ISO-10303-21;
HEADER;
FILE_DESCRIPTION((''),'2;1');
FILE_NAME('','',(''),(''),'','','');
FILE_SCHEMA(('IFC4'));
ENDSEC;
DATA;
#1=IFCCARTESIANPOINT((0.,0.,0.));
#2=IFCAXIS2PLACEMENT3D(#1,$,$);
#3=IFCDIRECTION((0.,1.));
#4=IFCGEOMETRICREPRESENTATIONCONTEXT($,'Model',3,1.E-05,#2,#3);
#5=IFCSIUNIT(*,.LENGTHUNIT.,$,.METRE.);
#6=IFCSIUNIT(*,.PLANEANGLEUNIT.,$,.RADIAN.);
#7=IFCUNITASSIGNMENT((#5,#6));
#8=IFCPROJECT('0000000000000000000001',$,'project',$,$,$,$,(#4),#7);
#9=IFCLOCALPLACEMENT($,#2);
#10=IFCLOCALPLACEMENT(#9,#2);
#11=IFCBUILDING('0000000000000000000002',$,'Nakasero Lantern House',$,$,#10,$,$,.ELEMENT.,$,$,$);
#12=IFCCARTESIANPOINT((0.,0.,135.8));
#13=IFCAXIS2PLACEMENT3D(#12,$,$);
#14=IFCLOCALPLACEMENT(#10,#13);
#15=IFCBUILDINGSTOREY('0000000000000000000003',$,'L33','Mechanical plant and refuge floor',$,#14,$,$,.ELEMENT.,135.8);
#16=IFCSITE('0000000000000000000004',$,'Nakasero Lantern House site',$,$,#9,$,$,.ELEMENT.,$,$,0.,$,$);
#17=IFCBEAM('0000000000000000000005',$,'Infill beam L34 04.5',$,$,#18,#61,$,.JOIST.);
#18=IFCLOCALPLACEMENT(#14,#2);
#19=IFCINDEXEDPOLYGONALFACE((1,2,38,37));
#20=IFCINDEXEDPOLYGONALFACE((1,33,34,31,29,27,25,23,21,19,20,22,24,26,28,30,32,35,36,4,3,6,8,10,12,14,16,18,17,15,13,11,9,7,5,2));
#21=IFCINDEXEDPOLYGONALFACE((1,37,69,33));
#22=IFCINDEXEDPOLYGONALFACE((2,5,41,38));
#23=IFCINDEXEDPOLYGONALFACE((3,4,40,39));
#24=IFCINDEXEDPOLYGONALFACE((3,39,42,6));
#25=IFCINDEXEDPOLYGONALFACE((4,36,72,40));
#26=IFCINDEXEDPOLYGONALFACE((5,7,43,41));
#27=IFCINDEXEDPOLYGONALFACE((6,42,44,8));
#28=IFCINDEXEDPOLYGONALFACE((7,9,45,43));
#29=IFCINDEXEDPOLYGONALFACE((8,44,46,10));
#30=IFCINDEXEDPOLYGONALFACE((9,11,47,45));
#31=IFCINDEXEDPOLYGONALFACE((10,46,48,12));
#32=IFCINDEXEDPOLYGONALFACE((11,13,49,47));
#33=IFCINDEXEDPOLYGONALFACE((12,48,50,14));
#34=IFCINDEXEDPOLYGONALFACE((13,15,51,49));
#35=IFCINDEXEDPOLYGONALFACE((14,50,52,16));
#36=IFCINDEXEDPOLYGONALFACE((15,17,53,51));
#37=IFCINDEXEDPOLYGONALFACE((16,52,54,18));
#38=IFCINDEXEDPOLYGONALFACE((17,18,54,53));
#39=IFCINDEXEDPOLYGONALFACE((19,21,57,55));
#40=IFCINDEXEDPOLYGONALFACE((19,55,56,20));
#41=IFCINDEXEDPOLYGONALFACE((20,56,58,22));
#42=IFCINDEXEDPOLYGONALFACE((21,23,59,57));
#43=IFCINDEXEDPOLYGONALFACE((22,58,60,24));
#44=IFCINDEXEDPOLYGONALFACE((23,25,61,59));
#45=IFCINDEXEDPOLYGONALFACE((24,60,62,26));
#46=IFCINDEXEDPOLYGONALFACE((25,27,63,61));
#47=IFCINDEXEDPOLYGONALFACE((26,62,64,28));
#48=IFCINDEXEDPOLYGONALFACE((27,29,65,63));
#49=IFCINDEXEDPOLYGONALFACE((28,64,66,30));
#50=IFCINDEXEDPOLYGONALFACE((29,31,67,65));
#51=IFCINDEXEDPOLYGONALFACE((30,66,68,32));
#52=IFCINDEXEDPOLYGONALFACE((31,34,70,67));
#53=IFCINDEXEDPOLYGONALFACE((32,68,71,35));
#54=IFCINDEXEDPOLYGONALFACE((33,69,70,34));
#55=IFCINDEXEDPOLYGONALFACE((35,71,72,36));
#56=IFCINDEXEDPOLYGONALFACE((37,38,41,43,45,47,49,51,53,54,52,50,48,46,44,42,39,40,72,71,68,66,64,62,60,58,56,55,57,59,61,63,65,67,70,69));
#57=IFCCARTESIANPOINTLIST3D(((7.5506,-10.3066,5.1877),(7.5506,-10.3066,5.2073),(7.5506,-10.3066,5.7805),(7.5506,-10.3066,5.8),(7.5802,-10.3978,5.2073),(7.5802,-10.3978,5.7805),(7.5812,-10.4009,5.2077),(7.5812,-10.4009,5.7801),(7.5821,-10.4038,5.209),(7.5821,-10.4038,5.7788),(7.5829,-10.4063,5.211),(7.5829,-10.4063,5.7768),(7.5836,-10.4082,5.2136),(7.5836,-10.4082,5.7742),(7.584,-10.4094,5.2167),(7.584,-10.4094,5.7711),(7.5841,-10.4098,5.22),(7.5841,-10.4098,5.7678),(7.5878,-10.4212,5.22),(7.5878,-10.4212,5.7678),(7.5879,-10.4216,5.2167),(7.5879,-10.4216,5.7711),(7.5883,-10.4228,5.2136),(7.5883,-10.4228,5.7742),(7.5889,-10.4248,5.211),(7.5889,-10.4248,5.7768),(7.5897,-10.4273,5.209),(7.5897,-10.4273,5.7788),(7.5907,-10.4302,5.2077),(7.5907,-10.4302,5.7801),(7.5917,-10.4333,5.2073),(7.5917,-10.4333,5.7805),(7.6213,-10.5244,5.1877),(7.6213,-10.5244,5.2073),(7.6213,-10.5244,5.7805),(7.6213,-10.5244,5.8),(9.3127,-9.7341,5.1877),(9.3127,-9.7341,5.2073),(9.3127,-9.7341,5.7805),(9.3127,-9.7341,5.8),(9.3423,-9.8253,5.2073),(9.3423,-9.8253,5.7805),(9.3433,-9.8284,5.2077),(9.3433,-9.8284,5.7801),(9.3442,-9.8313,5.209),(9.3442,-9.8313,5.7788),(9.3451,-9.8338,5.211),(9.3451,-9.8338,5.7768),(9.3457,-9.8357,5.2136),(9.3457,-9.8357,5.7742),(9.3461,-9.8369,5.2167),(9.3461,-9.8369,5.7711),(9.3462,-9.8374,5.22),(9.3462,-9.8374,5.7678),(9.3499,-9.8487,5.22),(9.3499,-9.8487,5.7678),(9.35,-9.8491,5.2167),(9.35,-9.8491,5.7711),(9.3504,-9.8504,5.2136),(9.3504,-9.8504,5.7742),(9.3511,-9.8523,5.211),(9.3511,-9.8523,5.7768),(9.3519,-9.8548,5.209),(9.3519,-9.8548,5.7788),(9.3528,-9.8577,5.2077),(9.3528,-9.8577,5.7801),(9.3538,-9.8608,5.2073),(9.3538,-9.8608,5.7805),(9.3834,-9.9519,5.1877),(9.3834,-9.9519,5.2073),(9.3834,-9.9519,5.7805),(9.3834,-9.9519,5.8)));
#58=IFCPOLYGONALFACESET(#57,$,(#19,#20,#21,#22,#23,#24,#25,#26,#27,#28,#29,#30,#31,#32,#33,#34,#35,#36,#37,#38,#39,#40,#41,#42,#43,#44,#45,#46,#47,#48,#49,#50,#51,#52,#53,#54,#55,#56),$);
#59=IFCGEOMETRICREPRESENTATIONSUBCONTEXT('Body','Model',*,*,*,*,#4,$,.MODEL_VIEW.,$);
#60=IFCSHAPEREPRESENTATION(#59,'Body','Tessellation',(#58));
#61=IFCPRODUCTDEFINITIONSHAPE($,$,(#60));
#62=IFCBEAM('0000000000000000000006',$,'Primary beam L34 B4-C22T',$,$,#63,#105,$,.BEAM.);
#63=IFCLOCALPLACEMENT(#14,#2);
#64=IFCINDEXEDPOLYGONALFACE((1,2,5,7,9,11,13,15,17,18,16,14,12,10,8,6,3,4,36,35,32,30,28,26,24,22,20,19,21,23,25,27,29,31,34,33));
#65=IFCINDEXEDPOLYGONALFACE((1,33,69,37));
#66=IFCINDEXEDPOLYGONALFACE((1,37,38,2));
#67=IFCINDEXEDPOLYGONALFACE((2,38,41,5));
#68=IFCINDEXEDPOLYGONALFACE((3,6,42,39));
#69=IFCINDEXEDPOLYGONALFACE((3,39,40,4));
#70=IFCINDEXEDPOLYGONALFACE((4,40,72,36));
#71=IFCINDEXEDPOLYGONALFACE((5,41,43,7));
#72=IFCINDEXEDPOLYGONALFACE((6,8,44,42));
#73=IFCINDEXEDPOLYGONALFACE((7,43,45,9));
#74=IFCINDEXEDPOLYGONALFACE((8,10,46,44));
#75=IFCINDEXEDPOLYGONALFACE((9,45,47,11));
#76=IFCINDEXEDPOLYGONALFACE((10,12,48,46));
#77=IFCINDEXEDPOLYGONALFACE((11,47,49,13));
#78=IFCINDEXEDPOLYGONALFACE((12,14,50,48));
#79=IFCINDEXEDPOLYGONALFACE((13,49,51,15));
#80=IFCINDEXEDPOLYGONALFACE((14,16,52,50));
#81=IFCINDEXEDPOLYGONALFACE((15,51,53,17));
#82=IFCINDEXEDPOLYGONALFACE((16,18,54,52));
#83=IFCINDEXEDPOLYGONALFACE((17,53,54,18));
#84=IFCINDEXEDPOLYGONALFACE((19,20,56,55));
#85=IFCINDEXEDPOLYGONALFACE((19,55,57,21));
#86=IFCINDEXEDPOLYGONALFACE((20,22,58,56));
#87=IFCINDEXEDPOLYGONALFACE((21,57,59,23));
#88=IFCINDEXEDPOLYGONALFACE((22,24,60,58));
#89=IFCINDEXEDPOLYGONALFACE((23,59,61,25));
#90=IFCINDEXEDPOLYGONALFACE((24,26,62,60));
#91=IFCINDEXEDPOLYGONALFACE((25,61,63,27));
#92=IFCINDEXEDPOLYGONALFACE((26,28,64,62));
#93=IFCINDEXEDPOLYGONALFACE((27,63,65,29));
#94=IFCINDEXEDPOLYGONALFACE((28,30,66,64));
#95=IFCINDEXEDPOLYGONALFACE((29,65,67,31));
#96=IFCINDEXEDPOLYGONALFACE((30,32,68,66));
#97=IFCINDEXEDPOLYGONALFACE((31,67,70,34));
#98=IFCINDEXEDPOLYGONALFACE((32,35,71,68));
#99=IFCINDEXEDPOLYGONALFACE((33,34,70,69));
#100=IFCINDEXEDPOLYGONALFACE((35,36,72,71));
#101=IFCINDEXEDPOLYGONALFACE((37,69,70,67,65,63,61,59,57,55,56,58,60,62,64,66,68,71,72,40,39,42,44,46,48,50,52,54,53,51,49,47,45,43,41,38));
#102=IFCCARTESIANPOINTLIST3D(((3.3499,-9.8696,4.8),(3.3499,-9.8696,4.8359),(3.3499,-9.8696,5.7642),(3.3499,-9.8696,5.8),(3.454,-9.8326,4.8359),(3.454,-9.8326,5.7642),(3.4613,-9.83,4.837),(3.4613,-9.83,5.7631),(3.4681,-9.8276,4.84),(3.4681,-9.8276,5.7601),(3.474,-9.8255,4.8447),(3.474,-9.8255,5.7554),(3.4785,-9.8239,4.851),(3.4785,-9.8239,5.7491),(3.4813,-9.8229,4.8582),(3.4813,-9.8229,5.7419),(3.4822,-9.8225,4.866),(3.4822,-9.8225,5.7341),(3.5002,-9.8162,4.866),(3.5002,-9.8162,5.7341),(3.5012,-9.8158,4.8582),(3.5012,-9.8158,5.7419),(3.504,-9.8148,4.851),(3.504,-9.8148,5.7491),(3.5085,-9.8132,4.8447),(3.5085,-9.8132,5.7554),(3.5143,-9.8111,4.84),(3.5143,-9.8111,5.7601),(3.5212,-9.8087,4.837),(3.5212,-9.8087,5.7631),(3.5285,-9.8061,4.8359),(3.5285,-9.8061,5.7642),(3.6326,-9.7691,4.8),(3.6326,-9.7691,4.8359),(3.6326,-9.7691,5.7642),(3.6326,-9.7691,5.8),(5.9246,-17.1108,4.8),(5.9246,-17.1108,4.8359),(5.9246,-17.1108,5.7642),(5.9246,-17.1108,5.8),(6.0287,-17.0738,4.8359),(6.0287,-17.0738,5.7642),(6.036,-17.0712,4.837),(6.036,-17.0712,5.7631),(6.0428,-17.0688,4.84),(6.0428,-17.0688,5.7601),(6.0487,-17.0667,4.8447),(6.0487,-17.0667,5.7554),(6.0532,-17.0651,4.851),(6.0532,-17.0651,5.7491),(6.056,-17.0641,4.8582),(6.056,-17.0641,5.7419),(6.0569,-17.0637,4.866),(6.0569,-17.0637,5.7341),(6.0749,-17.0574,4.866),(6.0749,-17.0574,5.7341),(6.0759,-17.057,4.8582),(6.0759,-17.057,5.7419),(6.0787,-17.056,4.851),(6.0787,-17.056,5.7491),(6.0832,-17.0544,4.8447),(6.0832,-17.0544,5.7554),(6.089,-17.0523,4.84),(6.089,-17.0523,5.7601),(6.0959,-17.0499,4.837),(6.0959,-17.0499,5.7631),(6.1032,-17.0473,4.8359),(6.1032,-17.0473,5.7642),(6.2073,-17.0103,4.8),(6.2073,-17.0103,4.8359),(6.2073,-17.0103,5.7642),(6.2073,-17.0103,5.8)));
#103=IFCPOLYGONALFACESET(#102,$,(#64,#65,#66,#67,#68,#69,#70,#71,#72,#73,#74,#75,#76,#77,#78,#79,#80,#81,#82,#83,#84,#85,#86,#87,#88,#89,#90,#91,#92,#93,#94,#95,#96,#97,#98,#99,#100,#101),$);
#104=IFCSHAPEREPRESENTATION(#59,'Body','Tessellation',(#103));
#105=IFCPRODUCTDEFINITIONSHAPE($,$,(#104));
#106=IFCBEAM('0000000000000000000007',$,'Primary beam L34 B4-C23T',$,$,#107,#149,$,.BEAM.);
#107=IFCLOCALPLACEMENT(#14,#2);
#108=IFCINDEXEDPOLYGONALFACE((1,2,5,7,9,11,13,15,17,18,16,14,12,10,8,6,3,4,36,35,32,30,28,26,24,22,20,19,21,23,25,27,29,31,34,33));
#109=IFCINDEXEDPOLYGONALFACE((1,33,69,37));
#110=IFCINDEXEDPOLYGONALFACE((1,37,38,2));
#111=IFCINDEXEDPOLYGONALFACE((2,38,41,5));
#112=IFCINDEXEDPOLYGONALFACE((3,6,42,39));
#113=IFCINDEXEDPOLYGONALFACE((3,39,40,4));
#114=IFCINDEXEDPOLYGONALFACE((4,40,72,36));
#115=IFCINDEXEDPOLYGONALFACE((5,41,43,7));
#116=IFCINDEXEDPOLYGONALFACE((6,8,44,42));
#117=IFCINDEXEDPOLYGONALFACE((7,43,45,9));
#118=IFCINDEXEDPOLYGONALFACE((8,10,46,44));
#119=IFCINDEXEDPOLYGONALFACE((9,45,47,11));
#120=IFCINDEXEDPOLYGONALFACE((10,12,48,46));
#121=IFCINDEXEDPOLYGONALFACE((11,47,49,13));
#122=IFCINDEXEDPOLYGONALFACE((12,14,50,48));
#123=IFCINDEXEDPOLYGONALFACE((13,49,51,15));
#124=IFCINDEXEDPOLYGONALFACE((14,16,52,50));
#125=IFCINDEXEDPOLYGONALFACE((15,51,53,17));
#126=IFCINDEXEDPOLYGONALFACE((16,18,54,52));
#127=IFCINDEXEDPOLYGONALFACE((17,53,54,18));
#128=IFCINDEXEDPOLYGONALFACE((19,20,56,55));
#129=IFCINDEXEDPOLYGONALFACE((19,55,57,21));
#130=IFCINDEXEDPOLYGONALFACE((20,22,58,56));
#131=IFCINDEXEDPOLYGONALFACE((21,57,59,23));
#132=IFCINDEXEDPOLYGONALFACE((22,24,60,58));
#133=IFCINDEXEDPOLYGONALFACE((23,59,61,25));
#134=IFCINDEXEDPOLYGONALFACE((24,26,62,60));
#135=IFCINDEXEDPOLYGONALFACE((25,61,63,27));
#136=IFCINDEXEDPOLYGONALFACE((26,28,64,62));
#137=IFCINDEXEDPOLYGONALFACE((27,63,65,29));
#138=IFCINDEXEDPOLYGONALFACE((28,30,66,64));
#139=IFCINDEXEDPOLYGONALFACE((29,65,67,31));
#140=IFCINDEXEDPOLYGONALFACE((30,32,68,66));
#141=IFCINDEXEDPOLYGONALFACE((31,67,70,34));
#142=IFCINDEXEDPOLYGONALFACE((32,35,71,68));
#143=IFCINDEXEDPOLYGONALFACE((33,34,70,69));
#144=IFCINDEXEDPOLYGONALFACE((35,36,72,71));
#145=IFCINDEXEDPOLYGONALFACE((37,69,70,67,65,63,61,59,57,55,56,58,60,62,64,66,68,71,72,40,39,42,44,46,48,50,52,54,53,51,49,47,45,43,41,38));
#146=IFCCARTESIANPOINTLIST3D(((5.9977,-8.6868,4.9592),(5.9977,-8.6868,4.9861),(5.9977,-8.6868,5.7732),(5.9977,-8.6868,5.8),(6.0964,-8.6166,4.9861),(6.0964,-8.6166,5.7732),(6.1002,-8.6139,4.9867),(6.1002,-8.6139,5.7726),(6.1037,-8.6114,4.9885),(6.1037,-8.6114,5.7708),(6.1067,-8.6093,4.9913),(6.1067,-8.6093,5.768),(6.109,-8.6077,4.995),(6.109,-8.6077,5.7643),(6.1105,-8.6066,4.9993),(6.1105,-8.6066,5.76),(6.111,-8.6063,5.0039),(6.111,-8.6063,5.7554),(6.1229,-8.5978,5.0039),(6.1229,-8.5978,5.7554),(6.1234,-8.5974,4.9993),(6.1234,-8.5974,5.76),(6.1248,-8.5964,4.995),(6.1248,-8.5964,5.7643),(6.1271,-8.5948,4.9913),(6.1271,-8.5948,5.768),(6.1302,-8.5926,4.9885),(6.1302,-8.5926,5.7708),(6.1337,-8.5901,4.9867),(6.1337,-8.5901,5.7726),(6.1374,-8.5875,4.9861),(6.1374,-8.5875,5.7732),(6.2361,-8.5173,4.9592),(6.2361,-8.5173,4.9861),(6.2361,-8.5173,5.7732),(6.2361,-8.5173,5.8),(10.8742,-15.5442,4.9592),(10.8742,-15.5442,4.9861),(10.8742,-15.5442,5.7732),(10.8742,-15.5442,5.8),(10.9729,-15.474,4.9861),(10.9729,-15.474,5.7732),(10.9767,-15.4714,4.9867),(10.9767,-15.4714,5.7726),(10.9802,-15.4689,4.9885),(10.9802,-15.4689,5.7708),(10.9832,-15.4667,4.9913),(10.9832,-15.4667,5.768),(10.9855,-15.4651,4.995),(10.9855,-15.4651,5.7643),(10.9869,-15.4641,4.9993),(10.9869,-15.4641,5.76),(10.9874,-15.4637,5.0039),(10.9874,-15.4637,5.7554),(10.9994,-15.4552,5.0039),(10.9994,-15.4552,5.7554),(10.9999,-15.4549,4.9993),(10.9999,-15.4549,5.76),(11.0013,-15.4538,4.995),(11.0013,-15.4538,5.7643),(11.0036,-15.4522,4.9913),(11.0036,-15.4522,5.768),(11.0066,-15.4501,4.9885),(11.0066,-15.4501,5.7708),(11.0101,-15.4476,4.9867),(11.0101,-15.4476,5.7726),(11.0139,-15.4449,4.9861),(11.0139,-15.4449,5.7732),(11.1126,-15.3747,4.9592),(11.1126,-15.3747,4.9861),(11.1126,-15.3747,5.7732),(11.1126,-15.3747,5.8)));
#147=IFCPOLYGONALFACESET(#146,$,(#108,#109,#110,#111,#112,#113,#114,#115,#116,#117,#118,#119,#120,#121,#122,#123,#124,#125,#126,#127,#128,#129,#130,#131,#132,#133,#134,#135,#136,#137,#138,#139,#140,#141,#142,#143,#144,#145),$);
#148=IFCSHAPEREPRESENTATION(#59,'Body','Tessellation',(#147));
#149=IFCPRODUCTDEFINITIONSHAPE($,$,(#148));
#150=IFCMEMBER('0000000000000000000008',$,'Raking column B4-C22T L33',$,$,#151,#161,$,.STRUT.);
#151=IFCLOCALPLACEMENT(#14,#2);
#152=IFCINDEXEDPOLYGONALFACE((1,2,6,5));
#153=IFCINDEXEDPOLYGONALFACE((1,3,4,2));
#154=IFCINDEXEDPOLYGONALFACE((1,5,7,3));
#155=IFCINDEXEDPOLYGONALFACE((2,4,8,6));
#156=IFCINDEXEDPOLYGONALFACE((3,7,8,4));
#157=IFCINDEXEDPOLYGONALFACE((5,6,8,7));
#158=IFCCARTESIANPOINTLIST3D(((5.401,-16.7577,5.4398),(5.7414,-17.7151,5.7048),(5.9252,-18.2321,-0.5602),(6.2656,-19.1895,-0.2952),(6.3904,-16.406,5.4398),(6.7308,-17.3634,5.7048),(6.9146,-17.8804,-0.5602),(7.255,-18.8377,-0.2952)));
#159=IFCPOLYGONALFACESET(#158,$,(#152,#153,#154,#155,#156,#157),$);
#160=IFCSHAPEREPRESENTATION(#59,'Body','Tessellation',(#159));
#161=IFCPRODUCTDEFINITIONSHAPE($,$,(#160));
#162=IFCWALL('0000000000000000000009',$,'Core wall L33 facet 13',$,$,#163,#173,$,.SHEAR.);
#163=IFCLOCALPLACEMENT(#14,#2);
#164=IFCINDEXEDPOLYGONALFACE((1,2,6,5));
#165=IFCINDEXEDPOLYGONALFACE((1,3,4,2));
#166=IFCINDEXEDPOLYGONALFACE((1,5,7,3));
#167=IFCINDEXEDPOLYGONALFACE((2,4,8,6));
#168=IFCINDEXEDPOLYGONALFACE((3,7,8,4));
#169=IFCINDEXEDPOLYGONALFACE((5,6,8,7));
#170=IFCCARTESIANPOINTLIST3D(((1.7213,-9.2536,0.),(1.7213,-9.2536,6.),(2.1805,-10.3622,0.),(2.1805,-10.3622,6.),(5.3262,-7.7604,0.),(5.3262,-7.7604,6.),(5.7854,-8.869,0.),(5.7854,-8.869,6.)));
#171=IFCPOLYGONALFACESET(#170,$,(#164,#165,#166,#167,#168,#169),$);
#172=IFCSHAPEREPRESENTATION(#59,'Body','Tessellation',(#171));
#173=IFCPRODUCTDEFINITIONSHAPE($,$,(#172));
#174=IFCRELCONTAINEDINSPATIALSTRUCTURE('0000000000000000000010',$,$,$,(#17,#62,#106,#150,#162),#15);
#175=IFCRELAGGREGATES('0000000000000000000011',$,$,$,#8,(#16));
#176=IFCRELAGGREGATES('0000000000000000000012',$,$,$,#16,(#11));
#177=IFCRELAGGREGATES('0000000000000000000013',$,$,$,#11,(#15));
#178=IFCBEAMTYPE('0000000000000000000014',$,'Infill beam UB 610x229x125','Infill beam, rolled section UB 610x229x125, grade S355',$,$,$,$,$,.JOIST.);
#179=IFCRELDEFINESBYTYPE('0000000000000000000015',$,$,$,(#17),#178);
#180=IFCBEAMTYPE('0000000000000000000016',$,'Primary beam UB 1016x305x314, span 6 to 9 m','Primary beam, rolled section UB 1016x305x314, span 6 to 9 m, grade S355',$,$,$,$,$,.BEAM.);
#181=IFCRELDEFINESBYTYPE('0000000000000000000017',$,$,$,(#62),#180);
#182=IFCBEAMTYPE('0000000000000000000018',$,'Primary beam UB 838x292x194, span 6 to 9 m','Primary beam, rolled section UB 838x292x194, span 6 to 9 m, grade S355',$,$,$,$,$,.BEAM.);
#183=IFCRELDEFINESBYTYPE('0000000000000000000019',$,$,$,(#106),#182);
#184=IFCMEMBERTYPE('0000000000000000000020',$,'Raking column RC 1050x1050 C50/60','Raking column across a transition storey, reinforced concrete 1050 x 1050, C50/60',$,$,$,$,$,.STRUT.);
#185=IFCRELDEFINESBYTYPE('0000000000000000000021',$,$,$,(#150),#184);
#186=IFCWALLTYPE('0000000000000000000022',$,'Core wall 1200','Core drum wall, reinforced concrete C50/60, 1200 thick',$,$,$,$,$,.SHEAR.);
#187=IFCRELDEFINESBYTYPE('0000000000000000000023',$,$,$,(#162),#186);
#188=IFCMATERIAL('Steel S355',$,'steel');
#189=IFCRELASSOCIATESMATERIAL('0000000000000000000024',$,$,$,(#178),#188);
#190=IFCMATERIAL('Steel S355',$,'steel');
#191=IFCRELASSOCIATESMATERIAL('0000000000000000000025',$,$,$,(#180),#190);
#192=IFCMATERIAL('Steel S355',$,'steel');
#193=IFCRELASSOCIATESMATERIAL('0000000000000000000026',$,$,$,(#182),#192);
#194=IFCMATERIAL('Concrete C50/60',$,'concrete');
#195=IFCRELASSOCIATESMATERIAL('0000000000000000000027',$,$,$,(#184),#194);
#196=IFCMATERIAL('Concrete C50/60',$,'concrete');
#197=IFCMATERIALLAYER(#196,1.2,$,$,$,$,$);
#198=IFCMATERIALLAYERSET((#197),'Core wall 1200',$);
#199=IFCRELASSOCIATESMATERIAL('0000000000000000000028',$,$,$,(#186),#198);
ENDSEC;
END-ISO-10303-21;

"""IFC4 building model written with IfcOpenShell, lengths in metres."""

from ifc_helpers import new_model, si_unit, direction, frame, frame_2d, origin, origin_2d, place, context, subcontext, project, spatial, rectangle, i_section, extrude, material, layer, layer_set, material_profile, profile_set, type_object, element, save


model = new_model("IFC4")

# Units and contexts
model_context = context("Model", 3, precision=1e-05, world=origin(), true_north=direction((0.0, 1.0)))
body_context = subcontext(model_context, "Body", "Model", "MODEL_VIEW")
ifc_project = project(units=[si_unit("LENGTHUNIT", "METRE"), si_unit("PLANEANGLEUNIT", "RADIAN")], contexts=[model_context])

# Site, building, storey
site_placement = place(None, origin())
site = spatial("IfcSite", under=ifc_project, at=site_placement, Name="Nakasero Lantern House site", CompositionType="ELEMENT", RefElevation=0.0)
building_placement = place(site_placement, origin())
building = spatial("IfcBuilding", under=site, at=building_placement, Name="Nakasero Lantern House", CompositionType="ELEMENT")
storey_placement = place(building_placement, frame((0.0, 0.0, 135.8)))
storey = spatial("IfcBuildingStorey", under=building, at=storey_placement, Name="L33", Description="Mechanical plant and refuge floor", CompositionType="ELEMENT", Elevation=135.8)

# Beams
ifc_material_1 = material(Name="Steel S355", Category="steel")
ifc_material_profile_1 = material_profile(ifc_material_1, i_section(OverallWidth=0.229, OverallDepth=0.6123, WebThickness=0.012, FlangeThickness=0.0195, FilletRadius=0.0127, at=origin_2d()), Name="UB 610x229x125")
ifc_profile_set_1 = profile_set([ifc_material_profile_1], Name="Steel S355")
beam_type_1 = type_object("IfcBeamType", Name="Infill beam UB 610x229x125", Description="Infill beam, rolled section UB 610x229x125, grade S355", PredefinedType="JOIST", material=ifc_profile_set_1)
beam_1_placement = place(storey_placement, frame((7.5859, -10.4155, 5.4939), z_axis=(0.951067, 0.308985, 0.0), x_axis=(-0.308985, 0.951067, 0.0)))
element("IfcBeam", 1, at=beam_1_placement, inside=storey, type_object=beam_type_1, Name="Infill beam L34 04.5", PredefinedType="JOIST", context=body_context, shape_type="SweptSolid", body=[
    extrude(i_section(OverallWidth=0.229, OverallDepth=0.6123, WebThickness=0.012, FlangeThickness=0.0195, FilletRadius=0.0127, at=origin_2d()), origin(), (0.0, 0.0, 1.0), 1.8528),
])
ifc_material_2 = material(Name="Steel S355", Category="steel")
ifc_material_profile_2 = material_profile(ifc_material_2, i_section(OverallWidth=0.3, OverallDepth=1.0, WebThickness=0.019, FlangeThickness=0.0359, FilletRadius=0.03, at=origin_2d()), Name="UB 1016x305x314")
ifc_profile_set_2 = profile_set([ifc_material_profile_2], Name="Steel S355")
beam_type_2 = type_object("IfcBeamType", Name="Primary beam UB 1016x305x314, span 6 to 9 m", Description="Primary beam, rolled section UB 1016x305x314, span 6 to 9 m, grade S355", PredefinedType="BEAM", material=ifc_profile_set_2)
beam_2_placement = place(storey_placement, frame((6.0659, -17.0605, 5.3), z_axis=(-0.335016, 0.942212, 0.0), x_axis=(-0.942212, -0.335016, 0.0)))
element("IfcBeam", 2, at=beam_2_placement, inside=storey, type_object=beam_type_2, Name="Primary beam L34 B4-C22T", PredefinedType="BEAM", context=body_context, shape_type="SweptSolid", body=[
    extrude(i_section(OverallWidth=0.3, OverallDepth=1.0, WebThickness=0.019, FlangeThickness=0.0359, FilletRadius=0.03, at=origin_2d()), origin(), (0.0, 0.0, 1.0), 7.6853),
])
ifc_material_3 = material(Name="Steel S355", Category="steel")
ifc_material_profile_3 = material_profile(ifc_material_3, i_section(OverallWidth=0.2925, OverallDepth=0.8408, WebThickness=0.0146, FlangeThickness=0.0269, FilletRadius=0.0178, at=origin_2d()), Name="UB 838x292x194")
ifc_profile_set_3 = profile_set([ifc_material_profile_3], Name="Steel S355")
beam_type_3 = type_object("IfcBeamType", Name="Primary beam UB 838x292x194, span 6 to 9 m", Description="Primary beam, rolled section UB 838x292x194, span 6 to 9 m, grade S355", PredefinedType="BEAM", material=ifc_profile_set_3)
beam_3_placement = place(storey_placement, frame((10.9934, -15.4595, 5.3796), z_axis=(-0.57953, 0.814951, 0.0), x_axis=(-0.814951, -0.57953, 0.0)))
element("IfcBeam", 3, at=beam_3_placement, inside=storey, type_object=beam_type_3, Name="Primary beam L34 B4-C23T", PredefinedType="BEAM", context=body_context, shape_type="SweptSolid", body=[
    extrude(i_section(OverallWidth=0.2925, OverallDepth=0.8408, WebThickness=0.0146, FlangeThickness=0.0269, FilletRadius=0.0178, at=origin_2d()), origin(), (0.0, 0.0, 1.0), 8.4146),
])

# Member
ifc_material_4 = material(Name="Concrete C50/60", Category="concrete")
ifc_material_profile_4 = material_profile(ifc_material_4, rectangle(XDim=1.05, YDim=1.05, at=origin_2d()), Name="RC 1050x1050")
ifc_profile_set_4 = profile_set([ifc_material_profile_4], Name="Concrete C50/60")
member_type_1 = type_object("IfcMemberType", Name="Raking column RC 1050x1050 C50/60", Description="Raking column across a transition storey, reinforced concrete 1050 x 1050, C50/60", PredefinedType="STRUT", material=ifc_profile_set_4)
member_1_placement = place(storey_placement, frame((6.5901, -18.5349, -0.4277), z_axis=(-0.084534, 0.237775, 0.967635), x_axis=(-0.942225, -0.334982, 0.0)))
element("IfcMember", 4, at=member_1_placement, inside=storey, type_object=member_type_1, Name="Raking column B4-C22T L33", PredefinedType="STRUT", context=body_context, shape_type="SweptSolid", body=[
    extrude(rectangle(XDim=1.05, YDim=1.05, at=origin_2d()), origin(), (0.0, 0.0, 1.0), 6.2007),
])

# Wall
ifc_material_5 = material(Name="Concrete C50/60", Category="concrete")
ifc_layer_1 = layer(ifc_material_5, 1.2)
ifc_layer_set_1 = layer_set([ifc_layer_1], Name="Core wall 1200")
wall_type_1 = type_object("IfcWallType", Name="Core wall 1200", Description="Core drum wall, reinforced concrete C50/60, 1200 thick", PredefinedType="SHEAR", material=ifc_layer_set_1)
wall_1_placement = place(storey_placement, frame((1.9509, -9.8079, 0.0), z_axis=(0.0, 0.0, 1.0), x_axis=(0.923877, 0.382691, 0.0)))
element("IfcWall", 5, at=wall_1_placement, inside=storey, type_object=wall_type_1, Name="Core wall L33 facet 13", PredefinedType="SHEAR", context=body_context, shape_type="SweptSolid", body=[
    extrude(rectangle(XDim=3.9019, YDim=1.2, at=frame_2d((1.9509, 0.0))), origin(), (0.0, 0.0, 1.0), 6.0),
])

save(model, "model.ifc")
